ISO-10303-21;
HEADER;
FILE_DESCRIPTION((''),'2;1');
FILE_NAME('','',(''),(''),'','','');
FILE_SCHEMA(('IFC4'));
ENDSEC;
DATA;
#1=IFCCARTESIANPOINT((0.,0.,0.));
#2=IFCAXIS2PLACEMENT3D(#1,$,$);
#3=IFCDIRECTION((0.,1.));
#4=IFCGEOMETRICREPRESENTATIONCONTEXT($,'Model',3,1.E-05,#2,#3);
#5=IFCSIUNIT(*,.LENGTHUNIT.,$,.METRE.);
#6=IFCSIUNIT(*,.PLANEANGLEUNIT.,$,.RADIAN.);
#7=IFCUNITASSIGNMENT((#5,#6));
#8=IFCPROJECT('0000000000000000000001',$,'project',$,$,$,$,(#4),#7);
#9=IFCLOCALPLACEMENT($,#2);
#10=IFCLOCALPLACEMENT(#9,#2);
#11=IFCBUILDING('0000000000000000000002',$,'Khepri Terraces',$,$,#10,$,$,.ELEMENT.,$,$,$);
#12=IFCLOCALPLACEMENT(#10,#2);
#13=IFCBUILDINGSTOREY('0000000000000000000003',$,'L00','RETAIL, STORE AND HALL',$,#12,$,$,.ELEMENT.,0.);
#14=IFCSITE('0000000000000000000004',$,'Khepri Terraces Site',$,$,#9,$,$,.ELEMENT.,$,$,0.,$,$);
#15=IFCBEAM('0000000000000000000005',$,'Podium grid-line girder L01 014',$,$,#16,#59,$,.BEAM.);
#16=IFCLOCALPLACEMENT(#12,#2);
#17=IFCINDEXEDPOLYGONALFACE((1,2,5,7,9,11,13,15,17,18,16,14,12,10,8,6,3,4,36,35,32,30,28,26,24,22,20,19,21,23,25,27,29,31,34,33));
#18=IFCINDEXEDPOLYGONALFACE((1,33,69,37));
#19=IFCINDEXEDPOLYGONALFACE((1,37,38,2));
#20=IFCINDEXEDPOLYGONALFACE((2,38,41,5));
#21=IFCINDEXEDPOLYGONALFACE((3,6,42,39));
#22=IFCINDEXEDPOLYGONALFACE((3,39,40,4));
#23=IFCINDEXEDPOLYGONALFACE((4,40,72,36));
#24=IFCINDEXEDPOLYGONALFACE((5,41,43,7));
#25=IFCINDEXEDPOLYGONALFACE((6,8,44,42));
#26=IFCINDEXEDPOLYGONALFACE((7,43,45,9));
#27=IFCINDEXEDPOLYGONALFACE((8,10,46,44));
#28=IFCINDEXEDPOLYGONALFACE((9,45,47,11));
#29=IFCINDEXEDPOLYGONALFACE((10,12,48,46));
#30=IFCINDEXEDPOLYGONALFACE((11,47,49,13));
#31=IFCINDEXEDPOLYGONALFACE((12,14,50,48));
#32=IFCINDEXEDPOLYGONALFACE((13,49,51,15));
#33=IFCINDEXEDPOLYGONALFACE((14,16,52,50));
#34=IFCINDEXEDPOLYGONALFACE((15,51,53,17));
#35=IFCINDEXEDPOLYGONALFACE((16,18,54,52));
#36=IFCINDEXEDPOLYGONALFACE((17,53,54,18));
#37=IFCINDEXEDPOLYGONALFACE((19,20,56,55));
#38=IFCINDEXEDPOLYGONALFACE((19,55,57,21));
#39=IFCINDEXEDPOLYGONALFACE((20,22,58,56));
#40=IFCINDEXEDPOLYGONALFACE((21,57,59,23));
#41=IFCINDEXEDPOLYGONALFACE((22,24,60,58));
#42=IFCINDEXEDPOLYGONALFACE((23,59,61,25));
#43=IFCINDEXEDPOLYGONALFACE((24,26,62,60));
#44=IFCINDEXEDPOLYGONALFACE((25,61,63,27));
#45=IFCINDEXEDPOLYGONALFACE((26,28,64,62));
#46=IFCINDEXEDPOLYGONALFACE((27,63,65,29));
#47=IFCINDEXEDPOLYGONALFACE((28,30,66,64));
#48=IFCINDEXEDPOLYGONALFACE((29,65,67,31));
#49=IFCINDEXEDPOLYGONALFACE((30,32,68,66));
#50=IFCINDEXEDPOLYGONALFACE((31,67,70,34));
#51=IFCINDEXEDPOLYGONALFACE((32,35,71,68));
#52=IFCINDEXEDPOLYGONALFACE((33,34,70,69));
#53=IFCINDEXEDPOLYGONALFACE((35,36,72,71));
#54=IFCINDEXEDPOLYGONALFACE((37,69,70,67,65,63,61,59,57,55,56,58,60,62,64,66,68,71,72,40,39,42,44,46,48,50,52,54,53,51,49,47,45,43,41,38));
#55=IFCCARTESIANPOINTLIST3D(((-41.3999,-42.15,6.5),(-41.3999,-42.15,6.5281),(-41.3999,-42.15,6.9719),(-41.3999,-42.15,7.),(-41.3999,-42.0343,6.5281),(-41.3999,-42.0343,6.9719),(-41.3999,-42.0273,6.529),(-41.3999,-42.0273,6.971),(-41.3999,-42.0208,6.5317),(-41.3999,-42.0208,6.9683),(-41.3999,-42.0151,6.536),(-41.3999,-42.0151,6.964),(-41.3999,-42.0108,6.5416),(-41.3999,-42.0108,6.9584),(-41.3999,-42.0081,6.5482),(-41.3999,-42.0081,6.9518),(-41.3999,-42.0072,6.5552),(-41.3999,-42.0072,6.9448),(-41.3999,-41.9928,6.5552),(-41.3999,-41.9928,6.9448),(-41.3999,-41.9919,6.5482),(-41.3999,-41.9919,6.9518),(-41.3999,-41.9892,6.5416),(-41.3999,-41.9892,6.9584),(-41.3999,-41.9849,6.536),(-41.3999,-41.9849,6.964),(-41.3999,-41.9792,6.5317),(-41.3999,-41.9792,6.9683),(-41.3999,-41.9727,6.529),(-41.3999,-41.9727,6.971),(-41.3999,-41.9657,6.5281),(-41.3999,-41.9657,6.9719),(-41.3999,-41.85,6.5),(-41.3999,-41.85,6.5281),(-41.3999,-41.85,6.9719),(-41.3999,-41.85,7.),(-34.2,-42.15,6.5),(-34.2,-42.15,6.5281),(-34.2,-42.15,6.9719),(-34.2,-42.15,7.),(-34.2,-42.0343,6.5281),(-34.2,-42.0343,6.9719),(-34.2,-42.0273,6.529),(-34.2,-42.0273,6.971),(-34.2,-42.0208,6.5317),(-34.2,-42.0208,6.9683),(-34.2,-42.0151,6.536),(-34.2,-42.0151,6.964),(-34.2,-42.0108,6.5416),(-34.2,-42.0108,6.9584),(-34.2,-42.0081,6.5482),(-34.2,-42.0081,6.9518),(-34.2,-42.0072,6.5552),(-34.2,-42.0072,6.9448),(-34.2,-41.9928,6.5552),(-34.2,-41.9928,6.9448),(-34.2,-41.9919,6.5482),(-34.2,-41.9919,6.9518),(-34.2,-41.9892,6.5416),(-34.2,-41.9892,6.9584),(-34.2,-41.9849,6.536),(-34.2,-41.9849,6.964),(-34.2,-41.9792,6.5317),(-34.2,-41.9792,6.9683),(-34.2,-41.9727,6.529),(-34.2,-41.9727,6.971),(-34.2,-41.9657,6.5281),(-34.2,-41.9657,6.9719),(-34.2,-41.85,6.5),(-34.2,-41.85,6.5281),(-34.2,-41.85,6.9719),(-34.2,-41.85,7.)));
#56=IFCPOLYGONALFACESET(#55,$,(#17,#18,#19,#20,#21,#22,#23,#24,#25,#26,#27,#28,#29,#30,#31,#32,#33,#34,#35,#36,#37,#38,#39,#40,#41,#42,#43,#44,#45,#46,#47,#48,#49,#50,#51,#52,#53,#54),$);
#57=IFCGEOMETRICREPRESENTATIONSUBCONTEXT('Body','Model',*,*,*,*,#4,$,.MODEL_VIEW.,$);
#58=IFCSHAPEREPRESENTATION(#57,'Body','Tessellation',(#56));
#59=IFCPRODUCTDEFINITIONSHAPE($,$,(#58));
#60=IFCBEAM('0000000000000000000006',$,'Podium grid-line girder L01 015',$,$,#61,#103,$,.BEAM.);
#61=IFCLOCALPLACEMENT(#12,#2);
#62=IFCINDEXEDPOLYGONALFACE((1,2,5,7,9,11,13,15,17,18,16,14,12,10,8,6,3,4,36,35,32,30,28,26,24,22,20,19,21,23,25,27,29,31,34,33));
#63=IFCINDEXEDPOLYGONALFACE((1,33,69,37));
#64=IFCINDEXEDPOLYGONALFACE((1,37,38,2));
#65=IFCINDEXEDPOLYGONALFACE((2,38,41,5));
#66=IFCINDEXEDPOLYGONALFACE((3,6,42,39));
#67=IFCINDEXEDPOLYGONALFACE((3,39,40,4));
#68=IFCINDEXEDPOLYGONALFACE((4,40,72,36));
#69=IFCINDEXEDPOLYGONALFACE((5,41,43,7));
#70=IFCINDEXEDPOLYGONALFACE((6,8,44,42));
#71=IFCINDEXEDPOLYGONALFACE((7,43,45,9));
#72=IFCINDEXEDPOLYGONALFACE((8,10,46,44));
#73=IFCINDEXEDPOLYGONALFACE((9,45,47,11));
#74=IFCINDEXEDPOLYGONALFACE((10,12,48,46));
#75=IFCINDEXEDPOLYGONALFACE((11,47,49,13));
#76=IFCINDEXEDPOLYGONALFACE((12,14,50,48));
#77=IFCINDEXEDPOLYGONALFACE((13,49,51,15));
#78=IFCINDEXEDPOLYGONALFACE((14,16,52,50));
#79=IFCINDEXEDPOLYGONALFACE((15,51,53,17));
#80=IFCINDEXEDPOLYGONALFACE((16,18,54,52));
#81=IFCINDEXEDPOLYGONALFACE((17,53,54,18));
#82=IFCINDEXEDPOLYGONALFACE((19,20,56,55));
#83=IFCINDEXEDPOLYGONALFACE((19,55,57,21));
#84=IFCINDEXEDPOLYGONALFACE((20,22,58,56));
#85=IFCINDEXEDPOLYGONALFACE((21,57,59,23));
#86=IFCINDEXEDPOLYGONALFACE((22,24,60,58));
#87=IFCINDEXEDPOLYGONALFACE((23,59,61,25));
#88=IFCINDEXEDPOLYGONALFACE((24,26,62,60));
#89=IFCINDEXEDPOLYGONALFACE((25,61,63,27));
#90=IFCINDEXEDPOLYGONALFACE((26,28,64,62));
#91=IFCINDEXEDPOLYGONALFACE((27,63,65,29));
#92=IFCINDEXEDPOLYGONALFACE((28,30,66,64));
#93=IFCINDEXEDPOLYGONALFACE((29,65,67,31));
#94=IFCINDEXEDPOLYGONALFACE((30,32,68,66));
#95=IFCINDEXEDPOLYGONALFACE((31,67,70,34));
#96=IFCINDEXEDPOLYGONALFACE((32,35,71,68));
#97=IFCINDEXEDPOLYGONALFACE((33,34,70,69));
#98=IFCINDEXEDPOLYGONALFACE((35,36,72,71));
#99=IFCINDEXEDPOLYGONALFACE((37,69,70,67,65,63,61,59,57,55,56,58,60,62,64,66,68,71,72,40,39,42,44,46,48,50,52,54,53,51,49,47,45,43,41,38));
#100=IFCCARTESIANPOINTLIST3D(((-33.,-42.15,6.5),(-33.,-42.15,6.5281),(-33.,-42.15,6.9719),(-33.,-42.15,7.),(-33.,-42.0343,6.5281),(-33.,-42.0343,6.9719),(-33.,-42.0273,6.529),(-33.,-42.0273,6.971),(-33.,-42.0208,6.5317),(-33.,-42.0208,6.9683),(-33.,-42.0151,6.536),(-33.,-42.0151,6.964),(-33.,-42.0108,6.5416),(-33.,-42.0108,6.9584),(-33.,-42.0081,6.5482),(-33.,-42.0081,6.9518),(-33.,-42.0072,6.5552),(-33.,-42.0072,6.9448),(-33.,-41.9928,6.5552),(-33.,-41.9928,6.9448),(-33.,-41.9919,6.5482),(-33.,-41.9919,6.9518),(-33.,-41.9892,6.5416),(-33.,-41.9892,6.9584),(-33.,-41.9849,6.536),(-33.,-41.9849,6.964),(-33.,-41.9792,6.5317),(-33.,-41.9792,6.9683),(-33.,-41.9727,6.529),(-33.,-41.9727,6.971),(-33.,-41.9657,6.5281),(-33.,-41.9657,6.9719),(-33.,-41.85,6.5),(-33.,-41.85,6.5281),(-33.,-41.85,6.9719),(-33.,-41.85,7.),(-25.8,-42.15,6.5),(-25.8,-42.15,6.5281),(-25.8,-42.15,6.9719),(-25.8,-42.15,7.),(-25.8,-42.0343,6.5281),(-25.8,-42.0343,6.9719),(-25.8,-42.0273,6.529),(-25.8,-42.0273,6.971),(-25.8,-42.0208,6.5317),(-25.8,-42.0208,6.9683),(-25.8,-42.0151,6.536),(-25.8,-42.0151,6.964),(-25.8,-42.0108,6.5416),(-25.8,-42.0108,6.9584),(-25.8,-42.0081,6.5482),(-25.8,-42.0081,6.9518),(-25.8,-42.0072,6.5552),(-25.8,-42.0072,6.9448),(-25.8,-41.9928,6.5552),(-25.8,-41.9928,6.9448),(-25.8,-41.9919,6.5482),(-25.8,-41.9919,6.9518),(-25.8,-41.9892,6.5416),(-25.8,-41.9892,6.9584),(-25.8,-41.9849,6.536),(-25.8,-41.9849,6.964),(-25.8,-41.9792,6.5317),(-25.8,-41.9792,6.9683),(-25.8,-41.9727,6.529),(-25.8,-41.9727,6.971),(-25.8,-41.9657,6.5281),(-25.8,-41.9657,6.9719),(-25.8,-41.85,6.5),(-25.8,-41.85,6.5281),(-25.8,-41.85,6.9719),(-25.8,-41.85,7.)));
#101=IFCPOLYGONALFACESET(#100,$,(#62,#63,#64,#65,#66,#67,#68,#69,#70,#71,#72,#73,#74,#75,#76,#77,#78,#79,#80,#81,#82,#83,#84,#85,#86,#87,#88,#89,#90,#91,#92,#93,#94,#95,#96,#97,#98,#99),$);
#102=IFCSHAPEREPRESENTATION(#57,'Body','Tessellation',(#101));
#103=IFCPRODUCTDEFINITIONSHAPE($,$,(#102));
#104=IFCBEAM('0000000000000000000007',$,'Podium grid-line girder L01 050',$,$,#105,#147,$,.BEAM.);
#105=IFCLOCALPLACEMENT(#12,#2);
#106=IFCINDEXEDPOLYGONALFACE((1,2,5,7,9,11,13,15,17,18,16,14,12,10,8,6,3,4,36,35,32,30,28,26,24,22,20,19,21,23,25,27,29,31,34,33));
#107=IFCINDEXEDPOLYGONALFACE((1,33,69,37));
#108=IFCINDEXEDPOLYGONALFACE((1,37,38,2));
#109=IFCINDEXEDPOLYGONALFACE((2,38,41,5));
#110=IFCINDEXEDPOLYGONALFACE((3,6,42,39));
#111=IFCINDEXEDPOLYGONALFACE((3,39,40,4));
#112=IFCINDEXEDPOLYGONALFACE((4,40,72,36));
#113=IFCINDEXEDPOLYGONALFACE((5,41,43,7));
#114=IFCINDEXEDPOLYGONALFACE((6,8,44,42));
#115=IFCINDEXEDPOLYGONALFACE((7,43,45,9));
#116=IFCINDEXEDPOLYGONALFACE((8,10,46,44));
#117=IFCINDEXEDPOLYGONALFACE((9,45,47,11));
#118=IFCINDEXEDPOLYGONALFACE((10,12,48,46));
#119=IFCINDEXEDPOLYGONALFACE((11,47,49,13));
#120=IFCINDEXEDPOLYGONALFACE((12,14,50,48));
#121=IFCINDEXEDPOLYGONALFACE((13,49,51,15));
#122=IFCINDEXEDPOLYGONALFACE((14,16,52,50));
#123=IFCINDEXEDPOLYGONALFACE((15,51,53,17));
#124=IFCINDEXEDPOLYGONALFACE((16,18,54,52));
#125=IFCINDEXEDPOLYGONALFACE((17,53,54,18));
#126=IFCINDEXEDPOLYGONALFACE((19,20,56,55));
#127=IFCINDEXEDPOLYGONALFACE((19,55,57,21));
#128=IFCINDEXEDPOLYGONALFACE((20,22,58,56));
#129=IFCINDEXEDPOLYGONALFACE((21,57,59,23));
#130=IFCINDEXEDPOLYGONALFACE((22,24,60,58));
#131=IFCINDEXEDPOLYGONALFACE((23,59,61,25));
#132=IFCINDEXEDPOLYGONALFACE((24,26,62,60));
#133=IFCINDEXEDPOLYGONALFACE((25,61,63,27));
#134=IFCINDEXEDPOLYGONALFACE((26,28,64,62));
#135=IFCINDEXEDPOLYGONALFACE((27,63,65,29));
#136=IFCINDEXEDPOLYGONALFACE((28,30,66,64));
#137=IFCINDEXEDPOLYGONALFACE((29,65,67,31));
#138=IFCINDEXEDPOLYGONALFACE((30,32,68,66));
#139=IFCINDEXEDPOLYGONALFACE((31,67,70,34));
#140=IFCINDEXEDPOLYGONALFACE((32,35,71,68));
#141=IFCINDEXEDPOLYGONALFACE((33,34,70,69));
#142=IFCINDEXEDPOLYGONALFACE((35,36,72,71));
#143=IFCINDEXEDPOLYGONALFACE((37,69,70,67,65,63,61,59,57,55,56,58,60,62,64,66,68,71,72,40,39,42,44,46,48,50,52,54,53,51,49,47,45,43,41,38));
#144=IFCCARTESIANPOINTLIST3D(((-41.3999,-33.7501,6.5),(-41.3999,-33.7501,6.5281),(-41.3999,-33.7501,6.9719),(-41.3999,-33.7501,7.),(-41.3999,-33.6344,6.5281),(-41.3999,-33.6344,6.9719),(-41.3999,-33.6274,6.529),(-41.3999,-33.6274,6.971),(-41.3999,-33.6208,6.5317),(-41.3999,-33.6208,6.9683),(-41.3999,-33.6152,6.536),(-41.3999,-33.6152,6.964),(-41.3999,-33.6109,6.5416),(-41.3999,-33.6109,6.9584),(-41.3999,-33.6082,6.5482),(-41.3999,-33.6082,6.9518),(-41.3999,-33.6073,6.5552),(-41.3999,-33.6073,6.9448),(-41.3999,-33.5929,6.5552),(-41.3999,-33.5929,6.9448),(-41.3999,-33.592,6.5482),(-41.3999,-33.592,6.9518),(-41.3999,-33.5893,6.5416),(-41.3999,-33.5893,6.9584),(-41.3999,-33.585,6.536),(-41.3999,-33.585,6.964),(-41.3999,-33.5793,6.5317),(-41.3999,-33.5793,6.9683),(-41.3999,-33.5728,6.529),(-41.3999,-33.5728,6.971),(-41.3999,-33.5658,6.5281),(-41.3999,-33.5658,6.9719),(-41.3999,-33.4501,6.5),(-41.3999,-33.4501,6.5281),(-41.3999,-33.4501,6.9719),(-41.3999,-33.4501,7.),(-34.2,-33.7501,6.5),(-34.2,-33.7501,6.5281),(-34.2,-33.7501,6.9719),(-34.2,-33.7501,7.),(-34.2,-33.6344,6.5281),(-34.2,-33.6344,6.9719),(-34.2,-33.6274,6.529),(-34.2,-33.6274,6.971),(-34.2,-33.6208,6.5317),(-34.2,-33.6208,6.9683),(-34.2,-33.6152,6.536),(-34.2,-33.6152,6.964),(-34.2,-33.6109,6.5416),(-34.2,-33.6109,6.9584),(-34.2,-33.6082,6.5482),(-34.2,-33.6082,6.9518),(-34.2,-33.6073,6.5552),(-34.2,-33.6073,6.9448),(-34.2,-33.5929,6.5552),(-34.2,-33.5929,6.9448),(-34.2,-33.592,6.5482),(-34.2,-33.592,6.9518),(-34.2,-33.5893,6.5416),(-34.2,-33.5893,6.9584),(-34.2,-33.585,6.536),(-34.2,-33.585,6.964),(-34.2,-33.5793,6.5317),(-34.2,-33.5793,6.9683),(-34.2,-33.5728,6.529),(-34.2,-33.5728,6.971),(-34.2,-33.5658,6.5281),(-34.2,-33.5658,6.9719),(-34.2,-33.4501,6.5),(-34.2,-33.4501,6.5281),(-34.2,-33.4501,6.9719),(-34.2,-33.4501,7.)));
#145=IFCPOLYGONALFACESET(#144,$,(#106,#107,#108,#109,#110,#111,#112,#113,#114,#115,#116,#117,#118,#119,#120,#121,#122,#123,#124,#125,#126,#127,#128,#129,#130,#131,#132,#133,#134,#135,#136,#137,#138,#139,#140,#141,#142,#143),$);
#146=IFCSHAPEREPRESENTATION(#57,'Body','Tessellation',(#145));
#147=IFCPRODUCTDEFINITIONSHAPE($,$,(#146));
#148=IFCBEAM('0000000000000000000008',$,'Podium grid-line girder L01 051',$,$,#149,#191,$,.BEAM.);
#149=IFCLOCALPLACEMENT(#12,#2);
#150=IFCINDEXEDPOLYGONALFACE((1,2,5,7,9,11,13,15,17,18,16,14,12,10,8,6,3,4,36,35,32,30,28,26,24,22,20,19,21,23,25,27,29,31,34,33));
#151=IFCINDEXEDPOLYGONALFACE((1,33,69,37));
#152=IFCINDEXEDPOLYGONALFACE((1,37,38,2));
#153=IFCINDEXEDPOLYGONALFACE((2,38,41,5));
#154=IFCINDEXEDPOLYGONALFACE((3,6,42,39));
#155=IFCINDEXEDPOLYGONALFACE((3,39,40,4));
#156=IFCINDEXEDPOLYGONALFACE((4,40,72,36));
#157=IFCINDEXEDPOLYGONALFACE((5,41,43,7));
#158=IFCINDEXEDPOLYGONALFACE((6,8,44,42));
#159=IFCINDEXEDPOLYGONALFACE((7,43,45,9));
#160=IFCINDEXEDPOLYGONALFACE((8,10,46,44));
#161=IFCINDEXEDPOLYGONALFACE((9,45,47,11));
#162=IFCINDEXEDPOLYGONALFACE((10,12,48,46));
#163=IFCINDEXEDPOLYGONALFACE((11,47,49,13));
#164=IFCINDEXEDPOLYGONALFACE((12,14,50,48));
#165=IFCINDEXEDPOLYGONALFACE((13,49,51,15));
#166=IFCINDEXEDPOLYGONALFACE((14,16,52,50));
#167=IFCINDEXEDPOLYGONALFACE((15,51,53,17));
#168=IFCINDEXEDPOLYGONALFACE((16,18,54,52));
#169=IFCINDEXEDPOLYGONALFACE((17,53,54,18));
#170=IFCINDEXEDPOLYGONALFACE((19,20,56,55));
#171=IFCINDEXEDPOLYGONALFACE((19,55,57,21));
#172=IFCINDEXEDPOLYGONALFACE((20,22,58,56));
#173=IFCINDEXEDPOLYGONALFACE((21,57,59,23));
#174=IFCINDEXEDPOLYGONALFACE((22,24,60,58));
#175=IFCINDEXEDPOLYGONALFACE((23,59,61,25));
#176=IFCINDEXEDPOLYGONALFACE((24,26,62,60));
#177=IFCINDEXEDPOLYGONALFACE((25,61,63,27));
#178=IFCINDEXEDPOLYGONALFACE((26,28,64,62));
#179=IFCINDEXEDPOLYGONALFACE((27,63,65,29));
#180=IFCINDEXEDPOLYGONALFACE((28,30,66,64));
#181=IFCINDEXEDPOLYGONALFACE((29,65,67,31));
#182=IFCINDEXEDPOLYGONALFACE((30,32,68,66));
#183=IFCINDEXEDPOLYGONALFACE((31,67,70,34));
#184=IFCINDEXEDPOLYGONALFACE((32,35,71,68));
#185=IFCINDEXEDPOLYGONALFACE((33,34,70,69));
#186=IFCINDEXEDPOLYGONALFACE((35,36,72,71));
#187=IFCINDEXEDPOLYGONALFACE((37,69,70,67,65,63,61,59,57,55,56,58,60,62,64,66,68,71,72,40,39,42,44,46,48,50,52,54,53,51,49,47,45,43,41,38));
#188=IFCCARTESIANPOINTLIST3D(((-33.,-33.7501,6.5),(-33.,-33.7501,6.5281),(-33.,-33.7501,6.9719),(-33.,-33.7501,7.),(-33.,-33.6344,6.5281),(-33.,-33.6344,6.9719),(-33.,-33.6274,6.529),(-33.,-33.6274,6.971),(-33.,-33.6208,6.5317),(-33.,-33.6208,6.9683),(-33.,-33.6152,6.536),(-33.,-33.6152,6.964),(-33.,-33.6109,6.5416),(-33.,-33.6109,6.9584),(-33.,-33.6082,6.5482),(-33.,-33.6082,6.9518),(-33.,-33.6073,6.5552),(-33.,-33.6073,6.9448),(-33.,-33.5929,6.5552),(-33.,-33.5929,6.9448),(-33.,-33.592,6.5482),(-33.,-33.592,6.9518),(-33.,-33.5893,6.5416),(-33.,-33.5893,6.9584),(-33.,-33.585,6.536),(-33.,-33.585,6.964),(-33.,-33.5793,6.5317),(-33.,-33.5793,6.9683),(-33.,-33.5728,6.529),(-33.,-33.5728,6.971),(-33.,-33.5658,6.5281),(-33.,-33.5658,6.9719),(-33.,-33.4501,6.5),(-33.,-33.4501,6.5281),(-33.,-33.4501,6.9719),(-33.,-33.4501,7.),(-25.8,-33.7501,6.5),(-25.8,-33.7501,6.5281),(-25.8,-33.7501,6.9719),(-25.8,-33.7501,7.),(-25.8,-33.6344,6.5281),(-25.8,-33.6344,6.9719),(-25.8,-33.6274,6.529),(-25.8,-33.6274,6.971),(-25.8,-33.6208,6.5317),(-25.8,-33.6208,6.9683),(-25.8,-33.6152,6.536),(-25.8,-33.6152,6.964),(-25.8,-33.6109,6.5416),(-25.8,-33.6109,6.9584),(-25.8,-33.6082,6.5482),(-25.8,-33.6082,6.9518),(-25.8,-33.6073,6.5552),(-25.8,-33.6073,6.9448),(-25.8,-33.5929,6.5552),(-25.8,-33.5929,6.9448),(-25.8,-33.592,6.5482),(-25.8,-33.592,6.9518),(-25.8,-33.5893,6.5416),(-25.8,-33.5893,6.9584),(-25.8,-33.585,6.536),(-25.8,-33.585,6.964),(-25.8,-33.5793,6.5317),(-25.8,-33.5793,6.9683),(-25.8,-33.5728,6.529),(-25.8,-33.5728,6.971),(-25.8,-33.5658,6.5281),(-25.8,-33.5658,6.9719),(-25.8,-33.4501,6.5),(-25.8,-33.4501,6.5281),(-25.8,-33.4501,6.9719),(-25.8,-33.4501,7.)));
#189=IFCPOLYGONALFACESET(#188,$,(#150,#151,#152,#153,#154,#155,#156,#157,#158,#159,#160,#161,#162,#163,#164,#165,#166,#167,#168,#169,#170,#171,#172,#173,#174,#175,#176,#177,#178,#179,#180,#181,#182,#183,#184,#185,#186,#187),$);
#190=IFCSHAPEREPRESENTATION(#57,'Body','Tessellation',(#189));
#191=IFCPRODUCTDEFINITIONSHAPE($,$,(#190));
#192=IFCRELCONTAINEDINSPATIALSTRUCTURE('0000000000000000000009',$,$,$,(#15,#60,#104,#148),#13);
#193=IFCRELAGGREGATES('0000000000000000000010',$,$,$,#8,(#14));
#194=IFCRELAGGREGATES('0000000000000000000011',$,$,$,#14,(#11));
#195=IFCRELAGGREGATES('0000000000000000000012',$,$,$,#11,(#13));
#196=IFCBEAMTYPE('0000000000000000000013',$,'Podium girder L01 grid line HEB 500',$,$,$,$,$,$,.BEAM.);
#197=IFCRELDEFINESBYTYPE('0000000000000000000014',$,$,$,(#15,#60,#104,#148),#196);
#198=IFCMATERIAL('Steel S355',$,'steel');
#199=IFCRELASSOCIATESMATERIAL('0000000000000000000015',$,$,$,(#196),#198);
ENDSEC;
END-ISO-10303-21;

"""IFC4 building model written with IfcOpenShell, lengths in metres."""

from ifc_helpers import new_model, si_unit, direction, frame, origin, origin_2d, place, context, subcontext, project, spatial, i_section, extrude, material, material_profile, profile_set, type_object, element, save


model = new_model("IFC4")

# Units and contexts
model_context = context("Model", 3, precision=1e-05, world=origin(), true_north=direction((0.0, 1.0)))
body_context = subcontext(model_context, "Body", "Model", "MODEL_VIEW")
ifc_project = project(units=[si_unit("LENGTHUNIT", "METRE"), si_unit("PLANEANGLEUNIT", "RADIAN")], contexts=[model_context])

# Site, building, storey
site_placement = place(None, origin())
site = spatial("IfcSite", under=ifc_project, at=site_placement, Name="Khepri Terraces Site", CompositionType="ELEMENT", RefElevation=0.0)
building_placement = place(site_placement, origin())
building = spatial("IfcBuilding", under=site, at=building_placement, Name="Khepri Terraces", CompositionType="ELEMENT")
storey_placement = place(building_placement, origin())
storey = spatial("IfcBuildingStorey", under=building, at=storey_placement, Name="L00", Description="RETAIL, STORE AND HALL", CompositionType="ELEMENT", Elevation=0.0)

# Beams
ifc_material_1 = material(Name="Steel S355", Category="steel")
ifc_material_profile_1 = material_profile(ifc_material_1, i_section(OverallWidth=0.3, OverallDepth=0.5, WebThickness=0.0144, FlangeThickness=0.0281, FilletRadius=0.0271, at=origin_2d()), Name="Steel S355", Category="steel")
ifc_profile_set_1 = profile_set([ifc_material_profile_1], Name="Steel S355")
beam_type_1 = type_object("IfcBeamType", Name="Podium girder L01 grid line HEB 500", PredefinedType="BEAM", material=ifc_profile_set_1)
for number, where, z_axis, x_axis, name in (
    (1, (-41.3999, -42.0, 6.75), (1.0, 0.0, 0.0), (0.0, 1.0, 0.0), "Podium grid-line girder L01 014"),
    (2, (-33.0, -42.0, 6.75), (1.0, 0.0, 0.0), (0.0, 1.0, 0.0), "Podium grid-line girder L01 015"),
    (3, (-41.3999, -33.6001, 6.75), (1.0, 0.0, 0.0), (0.0, 1.0, 0.0), "Podium grid-line girder L01 050"),
    (4, (-33.0, -33.6001, 6.75), (1.0, 0.0, 0.0), (0.0, 1.0, 0.0), "Podium grid-line girder L01 051"),
):
    element("IfcBeam", number, at=place(storey_placement, frame(where, z_axis=z_axis, x_axis=x_axis)), inside=storey, type_object=beam_type_1, Name=name, PredefinedType="BEAM", context=body_context, shape_type="SweptSolid", body=[
        extrude(i_section(OverallWidth=0.3, OverallDepth=0.5, WebThickness=0.0144, FlangeThickness=0.0281, FilletRadius=0.0271, at=origin_2d()), origin(), (0.0, 0.0, 1.0), 7.2),
    ])

save(model, "model.ifc")
